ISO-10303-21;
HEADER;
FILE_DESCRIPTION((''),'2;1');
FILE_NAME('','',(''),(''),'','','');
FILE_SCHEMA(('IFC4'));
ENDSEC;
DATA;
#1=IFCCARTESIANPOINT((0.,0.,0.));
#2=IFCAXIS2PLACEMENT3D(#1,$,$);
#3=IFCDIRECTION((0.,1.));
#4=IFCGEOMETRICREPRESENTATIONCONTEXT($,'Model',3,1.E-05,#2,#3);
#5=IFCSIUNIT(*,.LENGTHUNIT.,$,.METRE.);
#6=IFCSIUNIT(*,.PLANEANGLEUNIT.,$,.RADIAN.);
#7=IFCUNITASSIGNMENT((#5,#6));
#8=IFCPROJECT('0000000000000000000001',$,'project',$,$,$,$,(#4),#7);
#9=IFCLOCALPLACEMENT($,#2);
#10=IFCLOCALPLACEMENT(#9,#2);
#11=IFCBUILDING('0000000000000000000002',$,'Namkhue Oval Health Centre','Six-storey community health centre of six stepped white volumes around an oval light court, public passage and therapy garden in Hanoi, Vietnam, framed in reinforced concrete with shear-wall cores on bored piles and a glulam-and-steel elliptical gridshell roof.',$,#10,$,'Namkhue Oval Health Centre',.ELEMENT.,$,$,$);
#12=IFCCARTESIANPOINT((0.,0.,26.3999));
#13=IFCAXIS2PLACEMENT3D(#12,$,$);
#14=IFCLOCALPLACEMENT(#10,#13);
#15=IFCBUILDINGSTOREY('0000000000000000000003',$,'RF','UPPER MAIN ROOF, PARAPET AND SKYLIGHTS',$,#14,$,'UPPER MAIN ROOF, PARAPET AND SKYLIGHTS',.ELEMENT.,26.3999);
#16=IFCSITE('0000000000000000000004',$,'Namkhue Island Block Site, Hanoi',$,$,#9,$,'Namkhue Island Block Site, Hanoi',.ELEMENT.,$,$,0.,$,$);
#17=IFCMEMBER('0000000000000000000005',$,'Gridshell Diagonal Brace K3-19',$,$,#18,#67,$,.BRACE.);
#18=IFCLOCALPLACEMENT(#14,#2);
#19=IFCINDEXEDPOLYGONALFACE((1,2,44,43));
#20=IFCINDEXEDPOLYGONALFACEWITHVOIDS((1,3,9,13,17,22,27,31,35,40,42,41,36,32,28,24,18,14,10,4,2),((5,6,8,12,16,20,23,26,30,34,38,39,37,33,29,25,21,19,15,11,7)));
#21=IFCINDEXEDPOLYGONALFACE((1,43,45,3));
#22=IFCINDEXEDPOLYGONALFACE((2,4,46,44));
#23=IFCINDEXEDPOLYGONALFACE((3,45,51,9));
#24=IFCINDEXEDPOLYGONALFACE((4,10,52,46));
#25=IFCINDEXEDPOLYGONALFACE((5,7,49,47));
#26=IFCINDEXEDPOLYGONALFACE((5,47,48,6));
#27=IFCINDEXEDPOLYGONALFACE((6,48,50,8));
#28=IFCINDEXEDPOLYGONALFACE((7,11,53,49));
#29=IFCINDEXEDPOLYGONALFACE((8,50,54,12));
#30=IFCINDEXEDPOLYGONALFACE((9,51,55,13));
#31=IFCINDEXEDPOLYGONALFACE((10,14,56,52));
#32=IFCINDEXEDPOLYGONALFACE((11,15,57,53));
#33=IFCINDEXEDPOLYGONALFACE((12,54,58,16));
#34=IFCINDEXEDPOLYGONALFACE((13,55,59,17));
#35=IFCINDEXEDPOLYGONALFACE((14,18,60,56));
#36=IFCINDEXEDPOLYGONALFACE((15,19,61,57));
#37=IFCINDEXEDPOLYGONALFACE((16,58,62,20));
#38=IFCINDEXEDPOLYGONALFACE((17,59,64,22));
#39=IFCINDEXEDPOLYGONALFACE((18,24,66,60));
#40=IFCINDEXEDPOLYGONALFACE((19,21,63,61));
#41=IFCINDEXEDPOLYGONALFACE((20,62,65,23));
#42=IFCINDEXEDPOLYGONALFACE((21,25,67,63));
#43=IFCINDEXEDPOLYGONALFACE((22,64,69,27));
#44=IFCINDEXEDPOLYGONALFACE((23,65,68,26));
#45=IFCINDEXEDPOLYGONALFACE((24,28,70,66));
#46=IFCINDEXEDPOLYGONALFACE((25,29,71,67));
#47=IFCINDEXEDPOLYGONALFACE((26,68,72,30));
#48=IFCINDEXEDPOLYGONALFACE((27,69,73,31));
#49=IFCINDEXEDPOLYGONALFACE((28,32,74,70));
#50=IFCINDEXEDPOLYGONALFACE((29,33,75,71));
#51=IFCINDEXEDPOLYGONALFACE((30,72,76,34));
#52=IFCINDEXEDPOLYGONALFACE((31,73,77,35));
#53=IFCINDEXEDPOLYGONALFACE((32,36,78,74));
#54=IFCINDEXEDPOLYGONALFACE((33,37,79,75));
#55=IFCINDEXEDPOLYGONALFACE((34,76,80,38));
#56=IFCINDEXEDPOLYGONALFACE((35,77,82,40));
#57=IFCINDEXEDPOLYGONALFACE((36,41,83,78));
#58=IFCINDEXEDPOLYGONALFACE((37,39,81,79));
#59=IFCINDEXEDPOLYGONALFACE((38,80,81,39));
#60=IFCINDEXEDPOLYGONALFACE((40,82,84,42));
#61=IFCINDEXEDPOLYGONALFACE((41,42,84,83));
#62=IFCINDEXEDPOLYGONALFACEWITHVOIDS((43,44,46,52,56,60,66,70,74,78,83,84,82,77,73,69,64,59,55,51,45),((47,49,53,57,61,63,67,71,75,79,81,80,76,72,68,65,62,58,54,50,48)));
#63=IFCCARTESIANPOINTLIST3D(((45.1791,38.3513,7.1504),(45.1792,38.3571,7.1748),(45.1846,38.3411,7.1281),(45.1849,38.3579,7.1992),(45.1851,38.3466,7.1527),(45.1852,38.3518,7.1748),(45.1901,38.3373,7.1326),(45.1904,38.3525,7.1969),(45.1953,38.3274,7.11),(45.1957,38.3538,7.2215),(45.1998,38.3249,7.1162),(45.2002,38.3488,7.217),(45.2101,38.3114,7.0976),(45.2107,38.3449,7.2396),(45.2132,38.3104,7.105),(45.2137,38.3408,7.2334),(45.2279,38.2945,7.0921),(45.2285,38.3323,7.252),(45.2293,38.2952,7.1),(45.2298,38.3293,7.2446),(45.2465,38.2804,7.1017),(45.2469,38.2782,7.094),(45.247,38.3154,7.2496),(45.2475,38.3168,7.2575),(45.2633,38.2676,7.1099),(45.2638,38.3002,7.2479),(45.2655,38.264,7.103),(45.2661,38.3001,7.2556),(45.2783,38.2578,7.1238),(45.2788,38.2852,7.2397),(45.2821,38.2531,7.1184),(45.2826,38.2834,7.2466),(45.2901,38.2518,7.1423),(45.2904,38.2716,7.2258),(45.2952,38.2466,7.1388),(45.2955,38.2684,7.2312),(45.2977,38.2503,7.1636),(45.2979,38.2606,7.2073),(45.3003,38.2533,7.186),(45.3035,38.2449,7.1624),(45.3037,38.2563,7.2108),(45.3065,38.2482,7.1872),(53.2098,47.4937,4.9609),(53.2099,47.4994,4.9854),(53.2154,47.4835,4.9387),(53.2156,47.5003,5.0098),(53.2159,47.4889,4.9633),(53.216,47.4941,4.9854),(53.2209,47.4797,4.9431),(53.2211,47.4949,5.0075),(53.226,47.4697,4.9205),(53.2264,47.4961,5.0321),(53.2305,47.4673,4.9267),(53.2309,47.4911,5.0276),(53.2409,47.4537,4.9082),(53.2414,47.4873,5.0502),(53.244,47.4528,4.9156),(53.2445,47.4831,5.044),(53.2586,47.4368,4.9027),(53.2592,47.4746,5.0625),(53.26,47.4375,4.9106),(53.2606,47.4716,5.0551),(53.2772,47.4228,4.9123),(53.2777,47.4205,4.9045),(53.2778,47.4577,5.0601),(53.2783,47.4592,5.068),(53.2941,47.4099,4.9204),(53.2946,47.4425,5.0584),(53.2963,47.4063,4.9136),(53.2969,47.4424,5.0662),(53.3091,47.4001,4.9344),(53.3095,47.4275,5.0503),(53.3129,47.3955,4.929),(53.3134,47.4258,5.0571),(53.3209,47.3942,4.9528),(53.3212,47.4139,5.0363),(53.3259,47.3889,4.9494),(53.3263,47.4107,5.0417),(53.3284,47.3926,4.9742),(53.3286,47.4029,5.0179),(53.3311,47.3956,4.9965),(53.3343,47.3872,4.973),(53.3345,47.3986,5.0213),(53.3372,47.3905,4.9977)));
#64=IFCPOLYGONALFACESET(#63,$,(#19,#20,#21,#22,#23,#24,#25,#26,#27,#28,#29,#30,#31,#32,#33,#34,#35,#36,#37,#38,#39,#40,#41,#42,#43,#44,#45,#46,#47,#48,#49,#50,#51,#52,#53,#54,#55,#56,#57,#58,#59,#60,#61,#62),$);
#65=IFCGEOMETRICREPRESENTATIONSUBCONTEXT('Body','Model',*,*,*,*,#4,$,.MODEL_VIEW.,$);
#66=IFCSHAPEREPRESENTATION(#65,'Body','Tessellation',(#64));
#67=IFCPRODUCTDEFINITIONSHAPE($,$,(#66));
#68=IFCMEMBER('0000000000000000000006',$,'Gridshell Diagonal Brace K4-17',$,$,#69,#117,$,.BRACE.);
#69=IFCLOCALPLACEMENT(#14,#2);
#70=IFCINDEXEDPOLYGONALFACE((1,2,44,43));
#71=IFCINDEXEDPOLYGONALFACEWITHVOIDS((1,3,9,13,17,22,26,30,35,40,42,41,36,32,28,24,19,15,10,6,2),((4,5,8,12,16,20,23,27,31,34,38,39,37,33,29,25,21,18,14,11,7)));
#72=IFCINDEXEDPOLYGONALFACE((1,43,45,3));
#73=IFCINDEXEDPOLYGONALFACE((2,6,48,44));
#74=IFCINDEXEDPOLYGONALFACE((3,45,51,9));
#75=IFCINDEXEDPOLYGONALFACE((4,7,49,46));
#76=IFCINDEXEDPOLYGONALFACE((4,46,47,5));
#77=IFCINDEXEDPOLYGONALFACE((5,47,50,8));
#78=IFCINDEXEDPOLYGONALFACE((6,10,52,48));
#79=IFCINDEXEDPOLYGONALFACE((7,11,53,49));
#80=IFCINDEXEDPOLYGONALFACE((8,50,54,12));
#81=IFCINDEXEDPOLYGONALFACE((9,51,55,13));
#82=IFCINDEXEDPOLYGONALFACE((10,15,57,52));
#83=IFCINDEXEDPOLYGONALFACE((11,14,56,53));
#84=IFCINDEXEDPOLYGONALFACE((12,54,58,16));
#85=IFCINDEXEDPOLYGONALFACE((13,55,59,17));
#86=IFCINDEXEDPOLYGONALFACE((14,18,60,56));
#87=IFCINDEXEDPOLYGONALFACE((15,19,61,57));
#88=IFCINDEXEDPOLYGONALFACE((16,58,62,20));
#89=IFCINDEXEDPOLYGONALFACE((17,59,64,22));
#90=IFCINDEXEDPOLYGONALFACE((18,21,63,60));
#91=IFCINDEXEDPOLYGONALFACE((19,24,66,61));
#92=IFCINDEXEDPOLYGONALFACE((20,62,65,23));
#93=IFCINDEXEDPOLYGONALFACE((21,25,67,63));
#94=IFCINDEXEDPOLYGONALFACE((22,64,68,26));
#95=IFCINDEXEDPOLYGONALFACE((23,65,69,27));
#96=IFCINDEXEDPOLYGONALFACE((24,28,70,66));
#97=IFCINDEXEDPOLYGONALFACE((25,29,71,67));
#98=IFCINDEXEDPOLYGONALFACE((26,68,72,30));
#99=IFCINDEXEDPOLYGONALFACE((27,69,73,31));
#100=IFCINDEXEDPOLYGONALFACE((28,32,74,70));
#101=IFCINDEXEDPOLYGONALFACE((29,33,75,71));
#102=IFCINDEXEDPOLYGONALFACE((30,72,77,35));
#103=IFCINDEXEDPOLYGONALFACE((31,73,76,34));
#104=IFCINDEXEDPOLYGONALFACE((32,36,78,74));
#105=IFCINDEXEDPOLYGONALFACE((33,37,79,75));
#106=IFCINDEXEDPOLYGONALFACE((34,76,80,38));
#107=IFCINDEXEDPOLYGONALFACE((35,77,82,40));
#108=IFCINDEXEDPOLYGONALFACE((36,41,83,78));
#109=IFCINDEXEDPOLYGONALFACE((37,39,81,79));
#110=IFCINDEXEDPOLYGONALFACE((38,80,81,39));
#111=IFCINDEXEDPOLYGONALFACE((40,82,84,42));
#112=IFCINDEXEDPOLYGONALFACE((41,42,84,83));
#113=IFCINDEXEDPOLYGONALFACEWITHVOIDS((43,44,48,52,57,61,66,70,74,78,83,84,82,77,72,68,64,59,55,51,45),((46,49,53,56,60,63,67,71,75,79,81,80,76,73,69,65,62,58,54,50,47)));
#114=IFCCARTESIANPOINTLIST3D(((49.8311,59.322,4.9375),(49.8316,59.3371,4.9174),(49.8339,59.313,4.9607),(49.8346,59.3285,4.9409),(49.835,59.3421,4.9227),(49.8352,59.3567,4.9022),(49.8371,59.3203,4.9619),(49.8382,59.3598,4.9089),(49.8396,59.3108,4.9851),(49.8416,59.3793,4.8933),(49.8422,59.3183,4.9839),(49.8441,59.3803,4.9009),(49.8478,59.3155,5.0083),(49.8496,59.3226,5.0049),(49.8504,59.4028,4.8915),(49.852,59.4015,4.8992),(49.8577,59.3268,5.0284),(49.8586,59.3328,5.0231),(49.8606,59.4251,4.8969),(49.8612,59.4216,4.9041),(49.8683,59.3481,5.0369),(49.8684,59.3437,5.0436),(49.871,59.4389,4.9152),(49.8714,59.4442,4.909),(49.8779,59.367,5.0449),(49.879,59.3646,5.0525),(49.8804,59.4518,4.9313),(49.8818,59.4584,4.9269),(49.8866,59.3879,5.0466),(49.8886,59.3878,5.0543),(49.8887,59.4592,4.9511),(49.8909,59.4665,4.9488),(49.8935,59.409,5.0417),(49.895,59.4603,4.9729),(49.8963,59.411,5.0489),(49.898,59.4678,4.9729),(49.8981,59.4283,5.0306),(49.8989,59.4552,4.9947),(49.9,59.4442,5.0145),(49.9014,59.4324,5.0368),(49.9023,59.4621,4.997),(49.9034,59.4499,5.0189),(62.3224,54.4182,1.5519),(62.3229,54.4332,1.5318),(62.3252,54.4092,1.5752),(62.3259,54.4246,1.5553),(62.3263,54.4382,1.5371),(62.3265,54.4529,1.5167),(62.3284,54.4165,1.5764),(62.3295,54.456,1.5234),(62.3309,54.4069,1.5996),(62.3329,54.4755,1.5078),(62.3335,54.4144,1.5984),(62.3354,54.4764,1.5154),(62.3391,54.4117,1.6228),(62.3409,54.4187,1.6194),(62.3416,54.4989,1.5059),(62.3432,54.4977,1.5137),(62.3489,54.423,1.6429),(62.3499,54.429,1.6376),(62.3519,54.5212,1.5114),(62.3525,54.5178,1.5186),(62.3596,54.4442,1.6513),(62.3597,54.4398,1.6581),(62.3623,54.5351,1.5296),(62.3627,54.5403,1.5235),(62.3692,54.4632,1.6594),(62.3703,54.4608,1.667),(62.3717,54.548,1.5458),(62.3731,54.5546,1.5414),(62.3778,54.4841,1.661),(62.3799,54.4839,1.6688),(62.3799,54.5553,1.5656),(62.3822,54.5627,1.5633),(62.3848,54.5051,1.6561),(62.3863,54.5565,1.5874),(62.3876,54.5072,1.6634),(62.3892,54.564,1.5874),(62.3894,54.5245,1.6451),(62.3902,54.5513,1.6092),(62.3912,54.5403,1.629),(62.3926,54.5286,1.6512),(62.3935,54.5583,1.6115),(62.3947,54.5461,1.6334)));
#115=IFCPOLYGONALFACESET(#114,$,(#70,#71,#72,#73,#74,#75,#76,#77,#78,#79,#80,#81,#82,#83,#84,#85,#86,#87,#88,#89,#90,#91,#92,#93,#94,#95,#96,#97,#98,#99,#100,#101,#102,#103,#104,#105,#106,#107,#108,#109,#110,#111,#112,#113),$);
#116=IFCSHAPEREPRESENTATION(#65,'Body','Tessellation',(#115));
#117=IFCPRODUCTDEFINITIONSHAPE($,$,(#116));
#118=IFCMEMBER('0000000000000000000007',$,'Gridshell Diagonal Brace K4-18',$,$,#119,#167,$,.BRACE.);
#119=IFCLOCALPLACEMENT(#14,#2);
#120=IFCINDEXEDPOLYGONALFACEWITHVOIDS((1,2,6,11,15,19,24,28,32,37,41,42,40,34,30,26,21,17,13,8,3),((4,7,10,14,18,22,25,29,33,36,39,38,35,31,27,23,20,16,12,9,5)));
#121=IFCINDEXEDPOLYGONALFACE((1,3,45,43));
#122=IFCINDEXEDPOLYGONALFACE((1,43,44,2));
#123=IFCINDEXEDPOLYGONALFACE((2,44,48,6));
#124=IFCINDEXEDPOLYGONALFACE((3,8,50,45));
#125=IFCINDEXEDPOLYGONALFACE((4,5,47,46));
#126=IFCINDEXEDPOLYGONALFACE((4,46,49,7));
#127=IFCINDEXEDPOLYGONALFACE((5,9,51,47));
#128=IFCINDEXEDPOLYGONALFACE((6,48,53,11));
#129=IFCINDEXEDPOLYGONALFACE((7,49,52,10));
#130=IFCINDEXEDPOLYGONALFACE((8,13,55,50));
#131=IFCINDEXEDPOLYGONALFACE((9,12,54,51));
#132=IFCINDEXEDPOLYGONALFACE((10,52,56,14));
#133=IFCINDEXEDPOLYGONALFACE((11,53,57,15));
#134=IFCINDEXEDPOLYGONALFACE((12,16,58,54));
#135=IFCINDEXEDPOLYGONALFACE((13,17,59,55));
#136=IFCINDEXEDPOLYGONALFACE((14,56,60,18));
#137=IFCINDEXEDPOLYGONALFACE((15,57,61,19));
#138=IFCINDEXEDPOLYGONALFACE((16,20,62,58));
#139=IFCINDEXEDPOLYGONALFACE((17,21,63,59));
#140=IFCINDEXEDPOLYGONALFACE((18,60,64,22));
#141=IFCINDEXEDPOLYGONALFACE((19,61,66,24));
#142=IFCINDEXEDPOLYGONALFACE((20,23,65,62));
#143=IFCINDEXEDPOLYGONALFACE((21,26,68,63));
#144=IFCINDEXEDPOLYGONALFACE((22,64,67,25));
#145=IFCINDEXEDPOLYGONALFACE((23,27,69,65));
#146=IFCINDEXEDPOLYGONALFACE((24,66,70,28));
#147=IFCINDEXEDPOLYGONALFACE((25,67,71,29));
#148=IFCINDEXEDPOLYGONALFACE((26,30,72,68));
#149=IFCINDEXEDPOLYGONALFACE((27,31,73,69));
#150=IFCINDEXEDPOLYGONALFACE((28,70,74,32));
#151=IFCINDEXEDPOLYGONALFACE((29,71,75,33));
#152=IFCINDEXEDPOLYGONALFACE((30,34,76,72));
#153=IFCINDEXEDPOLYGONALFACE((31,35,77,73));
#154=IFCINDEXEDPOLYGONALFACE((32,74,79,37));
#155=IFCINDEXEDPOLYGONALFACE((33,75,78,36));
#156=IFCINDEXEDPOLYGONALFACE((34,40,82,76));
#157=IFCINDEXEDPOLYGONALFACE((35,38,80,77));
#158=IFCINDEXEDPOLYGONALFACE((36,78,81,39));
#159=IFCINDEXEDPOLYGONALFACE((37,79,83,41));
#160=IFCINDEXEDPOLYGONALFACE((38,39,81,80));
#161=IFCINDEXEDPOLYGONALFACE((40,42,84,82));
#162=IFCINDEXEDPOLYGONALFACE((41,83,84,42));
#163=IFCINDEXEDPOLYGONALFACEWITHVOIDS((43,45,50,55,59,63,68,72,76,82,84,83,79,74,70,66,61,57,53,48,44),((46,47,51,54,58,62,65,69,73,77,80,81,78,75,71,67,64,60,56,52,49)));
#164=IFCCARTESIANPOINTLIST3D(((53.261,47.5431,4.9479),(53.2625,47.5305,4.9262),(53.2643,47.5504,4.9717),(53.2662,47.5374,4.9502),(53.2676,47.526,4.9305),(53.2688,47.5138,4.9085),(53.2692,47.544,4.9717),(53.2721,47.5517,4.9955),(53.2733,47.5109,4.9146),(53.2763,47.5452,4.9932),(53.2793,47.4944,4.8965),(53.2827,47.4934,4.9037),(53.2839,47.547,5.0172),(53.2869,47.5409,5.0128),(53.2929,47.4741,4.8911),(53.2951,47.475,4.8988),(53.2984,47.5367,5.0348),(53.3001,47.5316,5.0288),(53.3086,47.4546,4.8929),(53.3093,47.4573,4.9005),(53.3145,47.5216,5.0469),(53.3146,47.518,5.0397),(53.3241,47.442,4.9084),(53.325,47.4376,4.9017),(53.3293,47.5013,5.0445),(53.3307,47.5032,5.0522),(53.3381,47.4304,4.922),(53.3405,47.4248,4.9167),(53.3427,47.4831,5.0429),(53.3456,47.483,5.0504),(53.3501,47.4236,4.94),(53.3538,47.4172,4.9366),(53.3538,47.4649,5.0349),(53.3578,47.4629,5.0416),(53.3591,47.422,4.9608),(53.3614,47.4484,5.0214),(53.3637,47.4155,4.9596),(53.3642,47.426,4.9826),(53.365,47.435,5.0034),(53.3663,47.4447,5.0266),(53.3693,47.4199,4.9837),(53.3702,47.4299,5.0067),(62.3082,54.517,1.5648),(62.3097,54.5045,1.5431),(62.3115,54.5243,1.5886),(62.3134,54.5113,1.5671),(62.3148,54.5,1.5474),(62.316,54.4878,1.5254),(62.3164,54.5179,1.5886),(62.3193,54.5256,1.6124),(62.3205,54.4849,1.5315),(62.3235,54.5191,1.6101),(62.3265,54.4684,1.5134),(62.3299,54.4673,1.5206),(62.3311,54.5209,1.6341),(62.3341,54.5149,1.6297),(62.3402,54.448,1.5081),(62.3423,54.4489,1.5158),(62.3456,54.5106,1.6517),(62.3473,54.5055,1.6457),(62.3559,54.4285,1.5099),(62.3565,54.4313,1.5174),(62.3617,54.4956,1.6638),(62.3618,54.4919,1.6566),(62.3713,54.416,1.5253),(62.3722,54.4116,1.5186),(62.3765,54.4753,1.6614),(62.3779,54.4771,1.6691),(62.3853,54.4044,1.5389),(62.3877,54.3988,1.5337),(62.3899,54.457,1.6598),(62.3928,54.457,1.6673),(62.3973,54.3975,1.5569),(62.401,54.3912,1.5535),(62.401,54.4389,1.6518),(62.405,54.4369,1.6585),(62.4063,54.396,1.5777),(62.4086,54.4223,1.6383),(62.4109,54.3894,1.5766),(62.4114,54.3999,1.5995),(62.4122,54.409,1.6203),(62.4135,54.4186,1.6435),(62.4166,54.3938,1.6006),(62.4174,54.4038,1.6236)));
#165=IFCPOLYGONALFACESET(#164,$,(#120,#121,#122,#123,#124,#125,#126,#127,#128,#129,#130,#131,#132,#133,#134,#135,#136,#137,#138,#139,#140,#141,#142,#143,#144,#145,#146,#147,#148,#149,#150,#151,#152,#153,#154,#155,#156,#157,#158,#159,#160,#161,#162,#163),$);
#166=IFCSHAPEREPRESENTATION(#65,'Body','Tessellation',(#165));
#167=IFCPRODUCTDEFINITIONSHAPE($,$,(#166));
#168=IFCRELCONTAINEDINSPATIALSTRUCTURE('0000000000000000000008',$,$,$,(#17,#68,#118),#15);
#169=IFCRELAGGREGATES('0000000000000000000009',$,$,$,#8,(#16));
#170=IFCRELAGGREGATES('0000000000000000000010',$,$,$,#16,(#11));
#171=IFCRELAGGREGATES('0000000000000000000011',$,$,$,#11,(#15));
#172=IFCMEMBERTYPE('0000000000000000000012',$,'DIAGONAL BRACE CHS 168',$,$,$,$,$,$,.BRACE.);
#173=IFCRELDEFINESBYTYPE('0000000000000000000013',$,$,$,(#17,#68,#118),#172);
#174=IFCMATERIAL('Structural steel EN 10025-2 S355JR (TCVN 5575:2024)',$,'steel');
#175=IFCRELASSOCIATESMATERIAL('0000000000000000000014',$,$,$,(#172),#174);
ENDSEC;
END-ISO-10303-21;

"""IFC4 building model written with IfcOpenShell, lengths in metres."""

from ifc_helpers import new_model, si_unit, direction, frame, origin, origin_2d, place, context, subcontext, project, spatial, hollow_circle, extrude, material, material_profile, profile_set, type_object, element, save


model = new_model("IFC4")

# Units and contexts
model_context = context("Model", 3, precision=1e-05, world=origin(), true_north=direction((0.0, 1.0)))
body_context = subcontext(model_context, "Body", "Model", "MODEL_VIEW")
ifc_project = project(units=[si_unit("LENGTHUNIT", "METRE"), si_unit("PLANEANGLEUNIT", "RADIAN")], contexts=[model_context])

# Site, building, storey
site_placement = place(None, origin())
site = spatial("IfcSite", under=ifc_project, at=site_placement, Name="Namkhue Island Block Site, Hanoi", LongName="Namkhue Island Block Site, Hanoi", CompositionType="ELEMENT", RefElevation=0.0)
building_placement = place(site_placement, origin())
building = spatial("IfcBuilding", under=site, at=building_placement, Name="Namkhue Oval Health Centre", Description="Six-storey community health centre of six stepped white volumes around an oval light court, public passage and therapy garden in Hanoi, Vietnam, framed in reinforced concrete with shear-wall cores on bored piles and a glulam-and-steel elliptical gridshell roof.", LongName="Namkhue Oval Health Centre", CompositionType="ELEMENT")
storey_placement = place(building_placement, frame((0.0, 0.0, 26.3999)))
storey = spatial("IfcBuildingStorey", under=building, at=storey_placement, Name="RF", Description="UPPER MAIN ROOF, PARAPET AND SKYLIGHTS", LongName="UPPER MAIN ROOF, PARAPET AND SKYLIGHTS", CompositionType="ELEMENT", Elevation=26.3999)

# Members
ifc_material_1 = material(Name="Structural steel EN 10025-2 S355JR (TCVN 5575:2024)", Category="steel")
ifc_material_profile_1 = material_profile(ifc_material_1, hollow_circle(Radius=0.0842, WallThickness=0.0081, at=origin_2d()), Name="CHS 168.3x8")
ifc_profile_set_1 = profile_set([ifc_material_profile_1], Name="Structural steel EN 10025-2 S355JR (TCVN 5575:2024)")
member_type_1 = type_object("IfcMemberType", Name="DIAGONAL BRACE CHS 168", PredefinedType="BRACE", material=ifc_profile_set_1)
member_1_placement = place(storey_placement, frame((45.2424, 38.3015, 7.1748), z_axis=(0.649526, 0.73943, -0.177083), x_axis=(-0.751304, 0.659956, 0.0)))
element("IfcMember", 1, at=member_1_placement, inside=storey, type_object=member_type_1, Name="Gridshell Diagonal Brace K3-19", PredefinedType="BRACE", context=body_context, shape_type="SweptSolid", body=[
    extrude(hollow_circle(Radius=0.0842, WallThickness=0.0081, at=origin_2d()), origin(), (0.0, 0.0, 1.0), 12.364),
])
member_2_placement = place(storey_placement, frame((49.8672, 59.3894, 4.9729), z_axis=(0.902559, -0.354327, -0.244621), x_axis=(0.365429, 0.930839, 0.0)))
element("IfcMember", 2, at=member_2_placement, inside=storey, type_object=member_type_1, Name="Gridshell Diagonal Brace K4-17", PredefinedType="BRACE", context=body_context, shape_type="SweptSolid", body=[
    extrude(hollow_circle(Radius=0.0842, WallThickness=0.0081, at=origin_2d()), origin(), (0.0, 0.0, 1.0), 13.8398),
])
member_3_placement = place(storey_placement, frame((53.3157, 47.4836, 4.9717), z_axis=(0.759404, 0.585378, -0.283969), x_axis=(-0.610511, 0.792008, 0.0)))
element("IfcMember", 3, at=member_3_placement, inside=storey, type_object=member_type_1, Name="Gridshell Diagonal Brace K4-18", PredefinedType="BRACE", context=body_context, shape_type="SweptSolid", body=[
    extrude(hollow_circle(Radius=0.0842, WallThickness=0.0081, at=origin_2d()), origin(), (0.0, 0.0, 1.0), 11.9136),
])

save(model, "model.ifc")
